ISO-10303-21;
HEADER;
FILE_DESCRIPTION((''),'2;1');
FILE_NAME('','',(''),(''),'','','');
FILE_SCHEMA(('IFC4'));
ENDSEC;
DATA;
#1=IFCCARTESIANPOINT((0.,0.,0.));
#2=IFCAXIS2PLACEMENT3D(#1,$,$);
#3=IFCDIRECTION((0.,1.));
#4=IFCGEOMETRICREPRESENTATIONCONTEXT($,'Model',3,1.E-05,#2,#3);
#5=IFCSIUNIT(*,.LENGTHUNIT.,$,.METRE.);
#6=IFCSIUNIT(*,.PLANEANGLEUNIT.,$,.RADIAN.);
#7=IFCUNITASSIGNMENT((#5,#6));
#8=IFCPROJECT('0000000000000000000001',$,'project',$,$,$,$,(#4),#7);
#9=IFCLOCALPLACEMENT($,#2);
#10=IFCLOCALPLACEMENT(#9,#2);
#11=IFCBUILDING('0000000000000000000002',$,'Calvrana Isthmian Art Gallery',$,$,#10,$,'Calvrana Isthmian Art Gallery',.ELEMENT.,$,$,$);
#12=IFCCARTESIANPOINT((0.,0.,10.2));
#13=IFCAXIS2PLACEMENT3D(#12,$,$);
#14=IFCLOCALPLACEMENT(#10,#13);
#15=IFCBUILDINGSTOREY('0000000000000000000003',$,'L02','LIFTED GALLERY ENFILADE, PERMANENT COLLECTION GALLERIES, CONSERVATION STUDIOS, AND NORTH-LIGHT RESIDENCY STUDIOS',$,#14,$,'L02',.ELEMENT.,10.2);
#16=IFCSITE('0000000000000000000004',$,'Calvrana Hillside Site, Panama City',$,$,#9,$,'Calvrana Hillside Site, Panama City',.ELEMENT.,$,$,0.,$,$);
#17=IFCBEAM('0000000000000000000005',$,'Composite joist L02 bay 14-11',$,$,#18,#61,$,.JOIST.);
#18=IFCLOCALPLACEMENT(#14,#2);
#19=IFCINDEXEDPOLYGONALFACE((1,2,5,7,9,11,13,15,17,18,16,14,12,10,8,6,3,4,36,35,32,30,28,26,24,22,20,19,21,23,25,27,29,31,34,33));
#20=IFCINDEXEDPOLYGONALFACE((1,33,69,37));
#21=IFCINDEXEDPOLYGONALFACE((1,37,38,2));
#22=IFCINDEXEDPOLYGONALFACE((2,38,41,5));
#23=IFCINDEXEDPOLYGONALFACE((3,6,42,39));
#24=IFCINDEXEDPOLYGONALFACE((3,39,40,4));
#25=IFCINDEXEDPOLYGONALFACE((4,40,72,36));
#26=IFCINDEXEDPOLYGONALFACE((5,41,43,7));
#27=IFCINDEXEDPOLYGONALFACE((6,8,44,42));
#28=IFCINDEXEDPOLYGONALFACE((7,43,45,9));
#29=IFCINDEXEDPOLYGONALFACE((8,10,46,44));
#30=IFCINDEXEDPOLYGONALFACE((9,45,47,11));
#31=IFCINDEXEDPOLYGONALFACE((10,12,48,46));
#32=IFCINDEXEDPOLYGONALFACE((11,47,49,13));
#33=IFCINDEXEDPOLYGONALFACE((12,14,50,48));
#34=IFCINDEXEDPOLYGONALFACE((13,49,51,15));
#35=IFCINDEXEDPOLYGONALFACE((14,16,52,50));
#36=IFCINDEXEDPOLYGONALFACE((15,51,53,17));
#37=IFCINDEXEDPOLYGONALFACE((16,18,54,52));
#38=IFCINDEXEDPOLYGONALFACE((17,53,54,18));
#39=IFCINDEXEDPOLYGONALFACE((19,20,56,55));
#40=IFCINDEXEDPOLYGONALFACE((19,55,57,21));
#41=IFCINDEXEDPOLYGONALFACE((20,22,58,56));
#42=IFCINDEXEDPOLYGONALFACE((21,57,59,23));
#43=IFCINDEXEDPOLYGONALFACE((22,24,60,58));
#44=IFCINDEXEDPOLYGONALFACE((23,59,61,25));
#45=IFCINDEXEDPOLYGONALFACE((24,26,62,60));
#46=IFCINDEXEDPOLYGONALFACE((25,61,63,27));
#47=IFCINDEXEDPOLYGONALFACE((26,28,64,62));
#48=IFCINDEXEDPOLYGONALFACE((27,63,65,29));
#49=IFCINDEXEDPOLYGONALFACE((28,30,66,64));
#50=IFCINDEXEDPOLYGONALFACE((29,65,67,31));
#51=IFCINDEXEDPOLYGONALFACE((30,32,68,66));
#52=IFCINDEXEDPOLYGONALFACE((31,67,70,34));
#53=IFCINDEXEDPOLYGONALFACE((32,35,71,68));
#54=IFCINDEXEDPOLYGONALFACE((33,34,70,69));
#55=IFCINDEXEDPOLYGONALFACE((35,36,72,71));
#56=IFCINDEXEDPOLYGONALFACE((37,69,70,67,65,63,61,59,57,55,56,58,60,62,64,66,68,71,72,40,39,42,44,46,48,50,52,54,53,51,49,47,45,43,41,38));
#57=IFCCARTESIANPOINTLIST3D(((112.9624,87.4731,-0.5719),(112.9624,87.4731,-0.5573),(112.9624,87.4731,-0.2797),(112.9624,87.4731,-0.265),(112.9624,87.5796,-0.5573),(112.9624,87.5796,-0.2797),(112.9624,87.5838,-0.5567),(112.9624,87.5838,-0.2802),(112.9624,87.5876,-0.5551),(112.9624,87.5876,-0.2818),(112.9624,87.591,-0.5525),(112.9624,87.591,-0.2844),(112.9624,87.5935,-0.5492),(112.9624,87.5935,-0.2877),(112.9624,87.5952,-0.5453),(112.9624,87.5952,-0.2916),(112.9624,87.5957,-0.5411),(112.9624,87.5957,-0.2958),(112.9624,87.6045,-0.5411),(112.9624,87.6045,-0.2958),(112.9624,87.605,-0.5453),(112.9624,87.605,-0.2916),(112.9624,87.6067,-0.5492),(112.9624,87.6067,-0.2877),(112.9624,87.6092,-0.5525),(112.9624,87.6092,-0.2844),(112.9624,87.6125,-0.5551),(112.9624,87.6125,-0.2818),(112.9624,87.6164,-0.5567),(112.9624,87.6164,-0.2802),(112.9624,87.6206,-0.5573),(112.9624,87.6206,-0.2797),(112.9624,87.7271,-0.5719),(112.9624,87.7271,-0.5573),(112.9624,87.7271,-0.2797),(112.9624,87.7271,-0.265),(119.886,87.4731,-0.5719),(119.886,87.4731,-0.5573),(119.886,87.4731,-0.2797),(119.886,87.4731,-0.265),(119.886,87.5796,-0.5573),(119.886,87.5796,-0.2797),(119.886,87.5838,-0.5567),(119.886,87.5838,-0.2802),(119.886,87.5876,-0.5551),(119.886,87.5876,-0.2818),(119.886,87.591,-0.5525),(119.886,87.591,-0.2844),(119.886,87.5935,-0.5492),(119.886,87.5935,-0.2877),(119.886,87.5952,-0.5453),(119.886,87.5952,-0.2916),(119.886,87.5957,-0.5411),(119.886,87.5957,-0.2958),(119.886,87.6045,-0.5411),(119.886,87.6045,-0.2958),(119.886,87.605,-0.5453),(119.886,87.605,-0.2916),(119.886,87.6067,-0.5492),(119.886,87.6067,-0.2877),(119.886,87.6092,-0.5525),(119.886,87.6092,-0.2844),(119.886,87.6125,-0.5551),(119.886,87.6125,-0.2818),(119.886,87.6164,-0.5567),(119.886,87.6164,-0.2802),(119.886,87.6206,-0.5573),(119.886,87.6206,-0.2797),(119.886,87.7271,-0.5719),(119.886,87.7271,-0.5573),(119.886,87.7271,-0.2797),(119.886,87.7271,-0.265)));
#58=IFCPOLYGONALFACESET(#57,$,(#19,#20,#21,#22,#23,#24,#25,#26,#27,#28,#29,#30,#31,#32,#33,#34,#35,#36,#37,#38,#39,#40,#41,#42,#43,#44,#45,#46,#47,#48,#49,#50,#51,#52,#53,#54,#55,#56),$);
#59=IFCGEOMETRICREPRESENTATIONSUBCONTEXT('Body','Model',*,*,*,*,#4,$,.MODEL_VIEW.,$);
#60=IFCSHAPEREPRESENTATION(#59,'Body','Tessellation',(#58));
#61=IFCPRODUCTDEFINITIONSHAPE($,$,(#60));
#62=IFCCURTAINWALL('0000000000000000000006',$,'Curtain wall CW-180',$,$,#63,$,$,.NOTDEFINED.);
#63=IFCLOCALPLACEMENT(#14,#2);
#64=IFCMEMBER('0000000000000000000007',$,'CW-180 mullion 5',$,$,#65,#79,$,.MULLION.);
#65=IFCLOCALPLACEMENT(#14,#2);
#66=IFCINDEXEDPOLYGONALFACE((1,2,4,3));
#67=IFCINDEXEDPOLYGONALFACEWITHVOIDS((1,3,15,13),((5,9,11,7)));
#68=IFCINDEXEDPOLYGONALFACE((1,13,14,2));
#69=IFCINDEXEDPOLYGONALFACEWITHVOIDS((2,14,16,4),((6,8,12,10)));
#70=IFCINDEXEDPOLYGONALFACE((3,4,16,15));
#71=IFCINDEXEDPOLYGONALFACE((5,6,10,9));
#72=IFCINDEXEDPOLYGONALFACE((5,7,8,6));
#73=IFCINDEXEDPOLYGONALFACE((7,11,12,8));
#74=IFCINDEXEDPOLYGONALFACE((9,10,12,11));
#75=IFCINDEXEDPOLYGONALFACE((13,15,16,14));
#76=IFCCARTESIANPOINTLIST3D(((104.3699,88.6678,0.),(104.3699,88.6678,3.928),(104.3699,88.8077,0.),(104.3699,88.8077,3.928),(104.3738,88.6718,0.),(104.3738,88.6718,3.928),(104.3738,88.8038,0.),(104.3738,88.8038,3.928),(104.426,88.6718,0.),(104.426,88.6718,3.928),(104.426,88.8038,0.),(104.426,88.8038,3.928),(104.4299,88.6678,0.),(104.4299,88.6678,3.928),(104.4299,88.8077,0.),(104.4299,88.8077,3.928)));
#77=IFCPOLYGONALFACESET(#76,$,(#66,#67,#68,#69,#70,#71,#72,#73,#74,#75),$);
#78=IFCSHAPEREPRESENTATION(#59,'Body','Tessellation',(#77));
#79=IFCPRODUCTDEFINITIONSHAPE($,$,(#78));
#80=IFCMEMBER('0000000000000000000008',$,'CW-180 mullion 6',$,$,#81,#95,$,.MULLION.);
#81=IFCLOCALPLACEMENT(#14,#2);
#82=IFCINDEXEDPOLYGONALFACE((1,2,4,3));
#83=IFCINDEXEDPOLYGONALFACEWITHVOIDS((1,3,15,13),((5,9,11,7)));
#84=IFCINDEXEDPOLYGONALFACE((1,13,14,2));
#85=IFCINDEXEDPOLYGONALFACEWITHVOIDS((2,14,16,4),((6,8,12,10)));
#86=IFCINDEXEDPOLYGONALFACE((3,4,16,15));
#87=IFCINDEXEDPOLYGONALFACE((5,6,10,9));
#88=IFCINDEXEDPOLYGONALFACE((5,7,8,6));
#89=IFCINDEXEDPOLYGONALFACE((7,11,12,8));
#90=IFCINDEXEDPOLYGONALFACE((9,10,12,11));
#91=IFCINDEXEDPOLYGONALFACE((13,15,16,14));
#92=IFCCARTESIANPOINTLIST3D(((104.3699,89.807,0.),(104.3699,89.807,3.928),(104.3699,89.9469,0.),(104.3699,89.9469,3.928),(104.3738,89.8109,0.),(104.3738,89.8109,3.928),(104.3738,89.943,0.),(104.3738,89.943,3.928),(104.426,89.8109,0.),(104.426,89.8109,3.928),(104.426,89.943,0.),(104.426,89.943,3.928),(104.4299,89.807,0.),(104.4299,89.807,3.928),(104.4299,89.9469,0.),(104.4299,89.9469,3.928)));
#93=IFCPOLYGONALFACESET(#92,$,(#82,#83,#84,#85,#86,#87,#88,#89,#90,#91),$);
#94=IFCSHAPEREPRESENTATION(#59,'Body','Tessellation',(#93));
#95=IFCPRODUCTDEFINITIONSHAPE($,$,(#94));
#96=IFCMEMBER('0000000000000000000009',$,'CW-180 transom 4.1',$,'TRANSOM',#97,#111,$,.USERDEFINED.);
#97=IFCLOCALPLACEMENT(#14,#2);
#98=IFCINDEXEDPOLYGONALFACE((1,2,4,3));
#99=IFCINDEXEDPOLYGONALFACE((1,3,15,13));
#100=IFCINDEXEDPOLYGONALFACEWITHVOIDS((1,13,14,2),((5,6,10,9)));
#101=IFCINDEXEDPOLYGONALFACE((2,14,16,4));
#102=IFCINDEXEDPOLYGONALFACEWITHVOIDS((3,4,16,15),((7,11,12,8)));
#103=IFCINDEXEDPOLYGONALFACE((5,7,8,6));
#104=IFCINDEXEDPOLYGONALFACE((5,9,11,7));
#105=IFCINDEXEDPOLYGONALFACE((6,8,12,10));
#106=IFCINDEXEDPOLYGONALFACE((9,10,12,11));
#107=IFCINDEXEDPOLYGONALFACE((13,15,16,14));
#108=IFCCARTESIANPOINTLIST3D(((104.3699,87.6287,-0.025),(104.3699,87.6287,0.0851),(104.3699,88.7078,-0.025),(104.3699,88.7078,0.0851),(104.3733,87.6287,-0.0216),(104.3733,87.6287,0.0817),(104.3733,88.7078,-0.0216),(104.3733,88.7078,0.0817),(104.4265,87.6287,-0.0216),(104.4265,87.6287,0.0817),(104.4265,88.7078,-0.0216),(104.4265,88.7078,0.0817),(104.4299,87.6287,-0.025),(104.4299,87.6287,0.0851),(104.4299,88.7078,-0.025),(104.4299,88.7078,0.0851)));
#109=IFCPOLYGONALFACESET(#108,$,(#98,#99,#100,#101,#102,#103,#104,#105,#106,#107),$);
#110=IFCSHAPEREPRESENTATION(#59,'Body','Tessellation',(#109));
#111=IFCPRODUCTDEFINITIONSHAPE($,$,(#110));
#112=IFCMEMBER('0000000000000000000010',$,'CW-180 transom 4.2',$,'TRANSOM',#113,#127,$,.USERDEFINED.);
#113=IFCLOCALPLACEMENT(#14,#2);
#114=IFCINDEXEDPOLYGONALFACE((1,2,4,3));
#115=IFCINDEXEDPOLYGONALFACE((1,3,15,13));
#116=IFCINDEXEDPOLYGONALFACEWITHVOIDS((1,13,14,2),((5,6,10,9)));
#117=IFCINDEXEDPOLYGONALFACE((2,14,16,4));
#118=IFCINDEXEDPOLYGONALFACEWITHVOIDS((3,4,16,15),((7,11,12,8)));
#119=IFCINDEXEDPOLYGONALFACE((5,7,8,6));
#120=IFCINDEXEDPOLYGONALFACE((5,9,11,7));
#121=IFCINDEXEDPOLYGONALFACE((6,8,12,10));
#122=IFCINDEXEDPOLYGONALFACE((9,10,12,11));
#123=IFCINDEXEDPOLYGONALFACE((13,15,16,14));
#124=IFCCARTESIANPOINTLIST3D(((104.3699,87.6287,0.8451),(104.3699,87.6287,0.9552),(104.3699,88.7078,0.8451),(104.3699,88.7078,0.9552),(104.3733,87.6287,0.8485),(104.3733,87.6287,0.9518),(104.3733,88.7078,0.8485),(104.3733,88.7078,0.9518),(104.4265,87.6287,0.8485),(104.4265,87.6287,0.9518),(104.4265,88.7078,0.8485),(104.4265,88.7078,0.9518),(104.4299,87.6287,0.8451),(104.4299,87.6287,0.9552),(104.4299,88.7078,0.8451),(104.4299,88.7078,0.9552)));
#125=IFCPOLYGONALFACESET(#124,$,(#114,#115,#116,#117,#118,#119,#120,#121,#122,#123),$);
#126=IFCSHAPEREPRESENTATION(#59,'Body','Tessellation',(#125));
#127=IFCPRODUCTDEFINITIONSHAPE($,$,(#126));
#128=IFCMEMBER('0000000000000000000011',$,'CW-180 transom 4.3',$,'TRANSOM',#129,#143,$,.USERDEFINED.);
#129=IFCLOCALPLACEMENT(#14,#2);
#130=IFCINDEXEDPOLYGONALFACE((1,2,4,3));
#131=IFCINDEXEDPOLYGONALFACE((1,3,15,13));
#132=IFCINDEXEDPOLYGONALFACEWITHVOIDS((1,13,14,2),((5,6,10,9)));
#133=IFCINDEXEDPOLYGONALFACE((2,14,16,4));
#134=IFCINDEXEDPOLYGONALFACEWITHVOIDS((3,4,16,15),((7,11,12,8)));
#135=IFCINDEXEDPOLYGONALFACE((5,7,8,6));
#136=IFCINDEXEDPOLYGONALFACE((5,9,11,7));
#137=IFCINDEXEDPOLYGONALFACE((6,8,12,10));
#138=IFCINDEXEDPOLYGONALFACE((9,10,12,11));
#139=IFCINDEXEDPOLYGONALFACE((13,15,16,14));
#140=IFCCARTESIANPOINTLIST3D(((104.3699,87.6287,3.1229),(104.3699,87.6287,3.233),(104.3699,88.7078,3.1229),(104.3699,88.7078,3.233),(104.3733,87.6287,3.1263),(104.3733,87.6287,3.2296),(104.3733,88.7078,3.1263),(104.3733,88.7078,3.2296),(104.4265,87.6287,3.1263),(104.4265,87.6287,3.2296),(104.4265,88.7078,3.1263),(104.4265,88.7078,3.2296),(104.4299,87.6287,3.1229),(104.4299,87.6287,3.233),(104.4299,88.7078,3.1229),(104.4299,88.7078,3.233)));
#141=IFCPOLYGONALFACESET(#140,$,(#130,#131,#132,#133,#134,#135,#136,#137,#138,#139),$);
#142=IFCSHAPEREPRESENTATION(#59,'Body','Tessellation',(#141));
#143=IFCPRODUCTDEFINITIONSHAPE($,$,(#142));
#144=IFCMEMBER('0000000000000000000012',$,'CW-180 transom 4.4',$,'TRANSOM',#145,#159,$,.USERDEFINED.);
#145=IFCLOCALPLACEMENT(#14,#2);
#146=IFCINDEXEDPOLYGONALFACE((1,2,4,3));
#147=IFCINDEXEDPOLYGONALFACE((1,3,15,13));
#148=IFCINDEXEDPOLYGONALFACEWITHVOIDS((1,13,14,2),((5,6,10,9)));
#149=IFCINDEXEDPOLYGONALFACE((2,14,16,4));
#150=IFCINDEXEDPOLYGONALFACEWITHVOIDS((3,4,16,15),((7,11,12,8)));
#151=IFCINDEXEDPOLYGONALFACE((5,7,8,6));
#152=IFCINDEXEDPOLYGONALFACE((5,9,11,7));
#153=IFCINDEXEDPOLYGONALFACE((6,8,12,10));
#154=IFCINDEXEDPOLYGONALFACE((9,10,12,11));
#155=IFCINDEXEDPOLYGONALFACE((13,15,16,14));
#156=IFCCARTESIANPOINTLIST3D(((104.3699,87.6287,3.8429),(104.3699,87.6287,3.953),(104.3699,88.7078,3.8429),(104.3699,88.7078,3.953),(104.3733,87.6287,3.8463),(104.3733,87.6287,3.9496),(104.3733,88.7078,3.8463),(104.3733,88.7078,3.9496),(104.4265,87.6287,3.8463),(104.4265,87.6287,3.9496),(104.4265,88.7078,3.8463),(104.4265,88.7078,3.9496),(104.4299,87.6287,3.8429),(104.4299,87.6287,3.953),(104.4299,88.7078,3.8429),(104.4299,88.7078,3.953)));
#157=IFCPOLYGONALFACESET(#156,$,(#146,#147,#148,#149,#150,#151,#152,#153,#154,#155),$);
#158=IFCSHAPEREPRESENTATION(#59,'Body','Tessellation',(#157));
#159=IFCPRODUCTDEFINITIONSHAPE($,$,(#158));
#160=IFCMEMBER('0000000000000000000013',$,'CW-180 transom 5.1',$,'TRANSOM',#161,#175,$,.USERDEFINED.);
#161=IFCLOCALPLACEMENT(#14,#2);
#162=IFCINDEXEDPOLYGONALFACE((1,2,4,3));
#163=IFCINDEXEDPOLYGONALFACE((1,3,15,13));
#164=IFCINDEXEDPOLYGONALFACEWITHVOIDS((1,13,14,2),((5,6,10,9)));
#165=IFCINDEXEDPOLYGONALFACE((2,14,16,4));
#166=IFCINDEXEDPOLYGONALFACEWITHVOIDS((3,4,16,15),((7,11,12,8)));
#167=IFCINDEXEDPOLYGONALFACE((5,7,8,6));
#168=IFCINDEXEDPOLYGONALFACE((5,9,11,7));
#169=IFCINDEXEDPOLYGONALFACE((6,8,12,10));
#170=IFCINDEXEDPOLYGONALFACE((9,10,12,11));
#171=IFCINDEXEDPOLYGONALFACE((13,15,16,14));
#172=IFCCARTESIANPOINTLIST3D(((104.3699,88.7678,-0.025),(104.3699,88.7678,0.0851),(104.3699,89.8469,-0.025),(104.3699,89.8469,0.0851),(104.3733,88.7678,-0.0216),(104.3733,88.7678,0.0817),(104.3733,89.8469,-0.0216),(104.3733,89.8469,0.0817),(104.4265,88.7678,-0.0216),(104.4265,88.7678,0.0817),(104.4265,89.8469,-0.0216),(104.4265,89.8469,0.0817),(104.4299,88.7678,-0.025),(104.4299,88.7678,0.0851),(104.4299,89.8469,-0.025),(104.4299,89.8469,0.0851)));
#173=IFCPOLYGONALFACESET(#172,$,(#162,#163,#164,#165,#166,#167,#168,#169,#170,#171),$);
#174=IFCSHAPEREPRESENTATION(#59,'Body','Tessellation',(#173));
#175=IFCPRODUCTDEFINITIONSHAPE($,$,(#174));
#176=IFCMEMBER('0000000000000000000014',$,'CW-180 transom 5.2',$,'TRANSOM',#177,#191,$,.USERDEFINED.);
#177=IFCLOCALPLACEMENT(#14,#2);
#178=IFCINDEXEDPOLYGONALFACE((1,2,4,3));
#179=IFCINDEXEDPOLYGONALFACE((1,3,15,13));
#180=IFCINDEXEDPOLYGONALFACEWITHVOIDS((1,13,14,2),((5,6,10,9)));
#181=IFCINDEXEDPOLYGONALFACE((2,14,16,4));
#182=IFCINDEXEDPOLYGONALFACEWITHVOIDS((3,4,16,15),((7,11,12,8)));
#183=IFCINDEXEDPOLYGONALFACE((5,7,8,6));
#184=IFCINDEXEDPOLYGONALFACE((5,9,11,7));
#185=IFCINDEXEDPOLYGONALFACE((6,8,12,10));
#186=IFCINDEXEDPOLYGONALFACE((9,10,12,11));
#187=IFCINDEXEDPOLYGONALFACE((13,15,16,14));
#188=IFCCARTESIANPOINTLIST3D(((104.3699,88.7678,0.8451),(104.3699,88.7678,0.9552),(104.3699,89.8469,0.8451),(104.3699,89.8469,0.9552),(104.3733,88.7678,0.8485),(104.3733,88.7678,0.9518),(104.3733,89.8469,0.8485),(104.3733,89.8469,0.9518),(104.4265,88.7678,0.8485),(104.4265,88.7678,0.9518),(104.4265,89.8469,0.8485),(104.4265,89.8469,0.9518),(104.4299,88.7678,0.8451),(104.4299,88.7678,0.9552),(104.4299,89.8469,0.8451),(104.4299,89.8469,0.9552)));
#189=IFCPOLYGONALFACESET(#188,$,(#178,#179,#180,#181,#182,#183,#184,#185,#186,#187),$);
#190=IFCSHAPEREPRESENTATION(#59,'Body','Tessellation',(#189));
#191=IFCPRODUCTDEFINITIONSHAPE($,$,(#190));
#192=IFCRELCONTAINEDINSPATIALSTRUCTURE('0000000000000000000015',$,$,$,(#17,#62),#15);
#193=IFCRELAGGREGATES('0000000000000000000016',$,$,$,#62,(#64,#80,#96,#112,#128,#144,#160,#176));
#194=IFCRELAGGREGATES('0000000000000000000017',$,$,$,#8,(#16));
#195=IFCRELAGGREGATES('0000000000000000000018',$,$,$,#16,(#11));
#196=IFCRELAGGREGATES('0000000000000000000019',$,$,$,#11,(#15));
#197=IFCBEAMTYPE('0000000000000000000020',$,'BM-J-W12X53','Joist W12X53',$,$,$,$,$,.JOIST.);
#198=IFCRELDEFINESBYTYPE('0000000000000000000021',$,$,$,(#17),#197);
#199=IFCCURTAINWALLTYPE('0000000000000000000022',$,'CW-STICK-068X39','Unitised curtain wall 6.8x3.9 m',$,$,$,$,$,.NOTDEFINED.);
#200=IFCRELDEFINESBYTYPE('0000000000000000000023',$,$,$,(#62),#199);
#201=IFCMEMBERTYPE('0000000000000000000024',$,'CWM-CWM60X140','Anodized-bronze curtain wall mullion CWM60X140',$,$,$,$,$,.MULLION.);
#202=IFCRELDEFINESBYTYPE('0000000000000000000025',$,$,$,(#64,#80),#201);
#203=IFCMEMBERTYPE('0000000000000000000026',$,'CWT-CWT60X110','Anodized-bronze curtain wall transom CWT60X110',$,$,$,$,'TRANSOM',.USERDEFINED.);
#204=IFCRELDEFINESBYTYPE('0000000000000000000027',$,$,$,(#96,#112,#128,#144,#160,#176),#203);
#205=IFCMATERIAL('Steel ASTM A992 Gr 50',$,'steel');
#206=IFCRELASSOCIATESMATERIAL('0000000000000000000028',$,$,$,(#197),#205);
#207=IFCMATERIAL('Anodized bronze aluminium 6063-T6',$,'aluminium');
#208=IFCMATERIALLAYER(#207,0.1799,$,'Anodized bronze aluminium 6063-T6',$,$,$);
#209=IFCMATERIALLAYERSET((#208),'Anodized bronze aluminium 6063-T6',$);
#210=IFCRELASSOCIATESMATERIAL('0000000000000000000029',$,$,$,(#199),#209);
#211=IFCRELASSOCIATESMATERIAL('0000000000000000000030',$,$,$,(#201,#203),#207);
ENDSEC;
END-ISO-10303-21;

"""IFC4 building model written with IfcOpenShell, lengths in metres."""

from ifc_helpers import new_model, si_unit, direction, frame, origin, origin_2d, place, context, subcontext, project, spatial, hollow_rectangle, i_section, extrude, material, layer, layer_set, material_profile, profile_set, type_object, element, aggregate, save


model = new_model("IFC4")

# Units and contexts
model_context = context("Model", 3, precision=1e-05, world=origin(), true_north=direction((0.0, 1.0)))
body_context = subcontext(model_context, "Body", "Model", "MODEL_VIEW")
ifc_project = project(units=[si_unit("LENGTHUNIT", "METRE"), si_unit("PLANEANGLEUNIT", "RADIAN")], contexts=[model_context])

# Site, building, storey
site_placement = place(None, origin())
site = spatial("IfcSite", under=ifc_project, at=site_placement, Name="Calvrana Hillside Site, Panama City", LongName="Calvrana Hillside Site, Panama City", CompositionType="ELEMENT", RefElevation=0.0)
building_placement = place(site_placement, origin())
building = spatial("IfcBuilding", under=site, at=building_placement, Name="Calvrana Isthmian Art Gallery", LongName="Calvrana Isthmian Art Gallery", CompositionType="ELEMENT")
storey_placement = place(building_placement, frame((0.0, 0.0, 10.2)))
storey = spatial("IfcBuildingStorey", under=building, at=storey_placement, Name="L02", Description="LIFTED GALLERY ENFILADE, PERMANENT COLLECTION GALLERIES, CONSERVATION STUDIOS, AND NORTH-LIGHT RESIDENCY STUDIOS", LongName="L02", CompositionType="ELEMENT", Elevation=10.2)

# Beam
ifc_material_1 = material(Name="Steel ASTM A992 Gr 50", Category="steel")
ifc_material_profile_1 = material_profile(ifc_material_1, i_section(OverallWidth=0.2539, OverallDepth=0.3069, WebThickness=0.0088, FlangeThickness=0.0146, FilletRadius=0.0161, at=origin_2d()), Name="W12X53")
ifc_profile_set_1 = profile_set([ifc_material_profile_1], Name="Steel ASTM A992 Gr 50")
beam_type = type_object("IfcBeamType", Name="BM-J-W12X53", Description="Joist W12X53", PredefinedType="JOIST", material=ifc_profile_set_1)
beam_placement = place(storey_placement, frame((112.9624, 87.6001, -0.4185), z_axis=(1.0, 0.0, 0.0), x_axis=(0.0, 1.0, 0.0)))
element("IfcBeam", 1, at=beam_placement, inside=storey, type_object=beam_type, Name="Composite joist L02 bay 14-11", PredefinedType="JOIST", context=body_context, shape_type="SweptSolid", body=[
    extrude(i_section(OverallWidth=0.2539, OverallDepth=0.3069, WebThickness=0.0088, FlangeThickness=0.0146, FilletRadius=0.0161, at=origin_2d()), origin(), (0.0, 0.0, 1.0), 6.9236),
])

# Curtain wall, members
ifc_material_2 = material(Name="Anodized bronze aluminium 6063-T6", Category="aluminium")
ifc_layer_1 = layer(ifc_material_2, 0.1799, Name="Anodized bronze aluminium 6063-T6")
ifc_layer_set_1 = layer_set([ifc_layer_1], Name="Anodized bronze aluminium 6063-T6")
curtain_wall_type = type_object("IfcCurtainWallType", Name="CW-STICK-068X39", Description="Unitised curtain wall 6.8x3.9 m", PredefinedType="NOTDEFINED", material=ifc_layer_set_1)
curtain_wall_placement = place(storey_placement, origin())
curtain_wall = element("IfcCurtainWall", 2, at=curtain_wall_placement, inside=storey, type_object=curtain_wall_type, Name="Curtain wall CW-180", PredefinedType="NOTDEFINED")
ifc_material_profile_2 = material_profile(ifc_material_2, hollow_rectangle(XDim=0.0601, YDim=0.1399, WallThickness=0.0039, at=origin_2d()), Name="CWM60X140")
ifc_profile_set_2 = profile_set([ifc_material_profile_2], Name="Anodized bronze aluminium 6063-T6")
member_type_1 = type_object("IfcMemberType", Name="CWM-CWM60X140", Description="Anodized-bronze curtain wall mullion CWM60X140", PredefinedType="MULLION", material=ifc_profile_set_2)
member_1_placement = place(storey_placement, frame((104.3999, 88.7378, 0.0), z_axis=(0.0, 0.0, 1.0), x_axis=(-1.0, 0.0, 0.0)))
member_1 = element("IfcMember", 3, at=member_1_placement, type_object=member_type_1, Name="CW-180 mullion 5", PredefinedType="MULLION", context=body_context, shape_type="SweptSolid", body=[
    extrude(hollow_rectangle(XDim=0.0601, YDim=0.1399, WallThickness=0.0039, at=origin_2d()), origin(), (0.0, 0.0, 1.0), 3.928),
])
member_2_placement = place(storey_placement, frame((104.3999, 89.877, 0.0), z_axis=(0.0, 0.0, 1.0), x_axis=(-1.0, 0.0, 0.0)))
member_2 = element("IfcMember", 4, at=member_2_placement, type_object=member_type_1, Name="CW-180 mullion 6", PredefinedType="MULLION", context=body_context, shape_type="SweptSolid", body=[
    extrude(hollow_rectangle(XDim=0.0601, YDim=0.1399, WallThickness=0.0039, at=origin_2d()), origin(), (0.0, 0.0, 1.0), 3.928),
])
ifc_material_profile_3 = material_profile(ifc_material_2, hollow_rectangle(XDim=0.0601, YDim=0.1101, WallThickness=0.0034, at=origin_2d()), Name="CWT60X110")
ifc_profile_set_3 = profile_set([ifc_material_profile_3], Name="Anodized bronze aluminium 6063-T6")
member_type_2 = type_object("IfcMemberType", Name="CWT-CWT60X110", Description="Anodized-bronze curtain wall transom CWT60X110", ElementType="TRANSOM", PredefinedType="USERDEFINED", material=ifc_profile_set_3)
member_3_placement = place(storey_placement, frame((104.3999, 87.6287, 0.03), z_axis=(0.0, 1.0, 0.0), x_axis=(-1.0, 0.0, 0.0)))
member_3 = element("IfcMember", 5, at=member_3_placement, type_object=member_type_2, Name="CW-180 transom 4.1", ObjectType="TRANSOM", PredefinedType="USERDEFINED", context=body_context, shape_type="SweptSolid", body=[
    extrude(hollow_rectangle(XDim=0.0601, YDim=0.1101, WallThickness=0.0034, at=origin_2d()), origin(), (0.0, 0.0, 1.0), 1.0791),
])
member_4_placement = place(storey_placement, frame((104.3999, 87.6287, 0.9001), z_axis=(0.0, 1.0, 0.0), x_axis=(-1.0, 0.0, 0.0)))
member_4 = element("IfcMember", 6, at=member_4_placement, type_object=member_type_2, Name="CW-180 transom 4.2", ObjectType="TRANSOM", PredefinedType="USERDEFINED", context=body_context, shape_type="SweptSolid", body=[
    extrude(hollow_rectangle(XDim=0.0601, YDim=0.1101, WallThickness=0.0034, at=origin_2d()), origin(), (0.0, 0.0, 1.0), 1.0791),
])
member_5_placement = place(storey_placement, frame((104.3999, 87.6287, 3.178), z_axis=(0.0, 1.0, 0.0), x_axis=(-1.0, 0.0, 0.0)))
member_5 = element("IfcMember", 7, at=member_5_placement, type_object=member_type_2, Name="CW-180 transom 4.3", ObjectType="TRANSOM", PredefinedType="USERDEFINED", context=body_context, shape_type="SweptSolid", body=[
    extrude(hollow_rectangle(XDim=0.0601, YDim=0.1101, WallThickness=0.0034, at=origin_2d()), origin(), (0.0, 0.0, 1.0), 1.0791),
])
member_6_placement = place(storey_placement, frame((104.3999, 87.6287, 3.8979), z_axis=(0.0, 1.0, 0.0), x_axis=(-1.0, 0.0, 0.0)))
member_6 = element("IfcMember", 8, at=member_6_placement, type_object=member_type_2, Name="CW-180 transom 4.4", ObjectType="TRANSOM", PredefinedType="USERDEFINED", context=body_context, shape_type="SweptSolid", body=[
    extrude(hollow_rectangle(XDim=0.0601, YDim=0.1101, WallThickness=0.0034, at=origin_2d()), origin(), (0.0, 0.0, 1.0), 1.0791),
])
member_7_placement = place(storey_placement, frame((104.3999, 88.7678, 0.03), z_axis=(0.0, 1.0, 0.0), x_axis=(-1.0, 0.0, 0.0)))
member_7 = element("IfcMember", 9, at=member_7_placement, type_object=member_type_2, Name="CW-180 transom 5.1", ObjectType="TRANSOM", PredefinedType="USERDEFINED", context=body_context, shape_type="SweptSolid", body=[
    extrude(hollow_rectangle(XDim=0.0601, YDim=0.1101, WallThickness=0.0034, at=origin_2d()), origin(), (0.0, 0.0, 1.0), 1.0791),
])
member_8_placement = place(storey_placement, frame((104.3999, 88.7678, 0.9001), z_axis=(0.0, 1.0, 0.0), x_axis=(-1.0, 0.0, 0.0)))
member_8 = element("IfcMember", 10, at=member_8_placement, type_object=member_type_2, Name="CW-180 transom 5.2", ObjectType="TRANSOM", PredefinedType="USERDEFINED", context=body_context, shape_type="SweptSolid", body=[
    extrude(hollow_rectangle(XDim=0.0601, YDim=0.1101, WallThickness=0.0034, at=origin_2d()), origin(), (0.0, 0.0, 1.0), 1.0791),
])
aggregate(curtain_wall, [member_1, member_2, member_3, member_4, member_5, member_6, member_7, member_8])

save(model, "model.ifc")
